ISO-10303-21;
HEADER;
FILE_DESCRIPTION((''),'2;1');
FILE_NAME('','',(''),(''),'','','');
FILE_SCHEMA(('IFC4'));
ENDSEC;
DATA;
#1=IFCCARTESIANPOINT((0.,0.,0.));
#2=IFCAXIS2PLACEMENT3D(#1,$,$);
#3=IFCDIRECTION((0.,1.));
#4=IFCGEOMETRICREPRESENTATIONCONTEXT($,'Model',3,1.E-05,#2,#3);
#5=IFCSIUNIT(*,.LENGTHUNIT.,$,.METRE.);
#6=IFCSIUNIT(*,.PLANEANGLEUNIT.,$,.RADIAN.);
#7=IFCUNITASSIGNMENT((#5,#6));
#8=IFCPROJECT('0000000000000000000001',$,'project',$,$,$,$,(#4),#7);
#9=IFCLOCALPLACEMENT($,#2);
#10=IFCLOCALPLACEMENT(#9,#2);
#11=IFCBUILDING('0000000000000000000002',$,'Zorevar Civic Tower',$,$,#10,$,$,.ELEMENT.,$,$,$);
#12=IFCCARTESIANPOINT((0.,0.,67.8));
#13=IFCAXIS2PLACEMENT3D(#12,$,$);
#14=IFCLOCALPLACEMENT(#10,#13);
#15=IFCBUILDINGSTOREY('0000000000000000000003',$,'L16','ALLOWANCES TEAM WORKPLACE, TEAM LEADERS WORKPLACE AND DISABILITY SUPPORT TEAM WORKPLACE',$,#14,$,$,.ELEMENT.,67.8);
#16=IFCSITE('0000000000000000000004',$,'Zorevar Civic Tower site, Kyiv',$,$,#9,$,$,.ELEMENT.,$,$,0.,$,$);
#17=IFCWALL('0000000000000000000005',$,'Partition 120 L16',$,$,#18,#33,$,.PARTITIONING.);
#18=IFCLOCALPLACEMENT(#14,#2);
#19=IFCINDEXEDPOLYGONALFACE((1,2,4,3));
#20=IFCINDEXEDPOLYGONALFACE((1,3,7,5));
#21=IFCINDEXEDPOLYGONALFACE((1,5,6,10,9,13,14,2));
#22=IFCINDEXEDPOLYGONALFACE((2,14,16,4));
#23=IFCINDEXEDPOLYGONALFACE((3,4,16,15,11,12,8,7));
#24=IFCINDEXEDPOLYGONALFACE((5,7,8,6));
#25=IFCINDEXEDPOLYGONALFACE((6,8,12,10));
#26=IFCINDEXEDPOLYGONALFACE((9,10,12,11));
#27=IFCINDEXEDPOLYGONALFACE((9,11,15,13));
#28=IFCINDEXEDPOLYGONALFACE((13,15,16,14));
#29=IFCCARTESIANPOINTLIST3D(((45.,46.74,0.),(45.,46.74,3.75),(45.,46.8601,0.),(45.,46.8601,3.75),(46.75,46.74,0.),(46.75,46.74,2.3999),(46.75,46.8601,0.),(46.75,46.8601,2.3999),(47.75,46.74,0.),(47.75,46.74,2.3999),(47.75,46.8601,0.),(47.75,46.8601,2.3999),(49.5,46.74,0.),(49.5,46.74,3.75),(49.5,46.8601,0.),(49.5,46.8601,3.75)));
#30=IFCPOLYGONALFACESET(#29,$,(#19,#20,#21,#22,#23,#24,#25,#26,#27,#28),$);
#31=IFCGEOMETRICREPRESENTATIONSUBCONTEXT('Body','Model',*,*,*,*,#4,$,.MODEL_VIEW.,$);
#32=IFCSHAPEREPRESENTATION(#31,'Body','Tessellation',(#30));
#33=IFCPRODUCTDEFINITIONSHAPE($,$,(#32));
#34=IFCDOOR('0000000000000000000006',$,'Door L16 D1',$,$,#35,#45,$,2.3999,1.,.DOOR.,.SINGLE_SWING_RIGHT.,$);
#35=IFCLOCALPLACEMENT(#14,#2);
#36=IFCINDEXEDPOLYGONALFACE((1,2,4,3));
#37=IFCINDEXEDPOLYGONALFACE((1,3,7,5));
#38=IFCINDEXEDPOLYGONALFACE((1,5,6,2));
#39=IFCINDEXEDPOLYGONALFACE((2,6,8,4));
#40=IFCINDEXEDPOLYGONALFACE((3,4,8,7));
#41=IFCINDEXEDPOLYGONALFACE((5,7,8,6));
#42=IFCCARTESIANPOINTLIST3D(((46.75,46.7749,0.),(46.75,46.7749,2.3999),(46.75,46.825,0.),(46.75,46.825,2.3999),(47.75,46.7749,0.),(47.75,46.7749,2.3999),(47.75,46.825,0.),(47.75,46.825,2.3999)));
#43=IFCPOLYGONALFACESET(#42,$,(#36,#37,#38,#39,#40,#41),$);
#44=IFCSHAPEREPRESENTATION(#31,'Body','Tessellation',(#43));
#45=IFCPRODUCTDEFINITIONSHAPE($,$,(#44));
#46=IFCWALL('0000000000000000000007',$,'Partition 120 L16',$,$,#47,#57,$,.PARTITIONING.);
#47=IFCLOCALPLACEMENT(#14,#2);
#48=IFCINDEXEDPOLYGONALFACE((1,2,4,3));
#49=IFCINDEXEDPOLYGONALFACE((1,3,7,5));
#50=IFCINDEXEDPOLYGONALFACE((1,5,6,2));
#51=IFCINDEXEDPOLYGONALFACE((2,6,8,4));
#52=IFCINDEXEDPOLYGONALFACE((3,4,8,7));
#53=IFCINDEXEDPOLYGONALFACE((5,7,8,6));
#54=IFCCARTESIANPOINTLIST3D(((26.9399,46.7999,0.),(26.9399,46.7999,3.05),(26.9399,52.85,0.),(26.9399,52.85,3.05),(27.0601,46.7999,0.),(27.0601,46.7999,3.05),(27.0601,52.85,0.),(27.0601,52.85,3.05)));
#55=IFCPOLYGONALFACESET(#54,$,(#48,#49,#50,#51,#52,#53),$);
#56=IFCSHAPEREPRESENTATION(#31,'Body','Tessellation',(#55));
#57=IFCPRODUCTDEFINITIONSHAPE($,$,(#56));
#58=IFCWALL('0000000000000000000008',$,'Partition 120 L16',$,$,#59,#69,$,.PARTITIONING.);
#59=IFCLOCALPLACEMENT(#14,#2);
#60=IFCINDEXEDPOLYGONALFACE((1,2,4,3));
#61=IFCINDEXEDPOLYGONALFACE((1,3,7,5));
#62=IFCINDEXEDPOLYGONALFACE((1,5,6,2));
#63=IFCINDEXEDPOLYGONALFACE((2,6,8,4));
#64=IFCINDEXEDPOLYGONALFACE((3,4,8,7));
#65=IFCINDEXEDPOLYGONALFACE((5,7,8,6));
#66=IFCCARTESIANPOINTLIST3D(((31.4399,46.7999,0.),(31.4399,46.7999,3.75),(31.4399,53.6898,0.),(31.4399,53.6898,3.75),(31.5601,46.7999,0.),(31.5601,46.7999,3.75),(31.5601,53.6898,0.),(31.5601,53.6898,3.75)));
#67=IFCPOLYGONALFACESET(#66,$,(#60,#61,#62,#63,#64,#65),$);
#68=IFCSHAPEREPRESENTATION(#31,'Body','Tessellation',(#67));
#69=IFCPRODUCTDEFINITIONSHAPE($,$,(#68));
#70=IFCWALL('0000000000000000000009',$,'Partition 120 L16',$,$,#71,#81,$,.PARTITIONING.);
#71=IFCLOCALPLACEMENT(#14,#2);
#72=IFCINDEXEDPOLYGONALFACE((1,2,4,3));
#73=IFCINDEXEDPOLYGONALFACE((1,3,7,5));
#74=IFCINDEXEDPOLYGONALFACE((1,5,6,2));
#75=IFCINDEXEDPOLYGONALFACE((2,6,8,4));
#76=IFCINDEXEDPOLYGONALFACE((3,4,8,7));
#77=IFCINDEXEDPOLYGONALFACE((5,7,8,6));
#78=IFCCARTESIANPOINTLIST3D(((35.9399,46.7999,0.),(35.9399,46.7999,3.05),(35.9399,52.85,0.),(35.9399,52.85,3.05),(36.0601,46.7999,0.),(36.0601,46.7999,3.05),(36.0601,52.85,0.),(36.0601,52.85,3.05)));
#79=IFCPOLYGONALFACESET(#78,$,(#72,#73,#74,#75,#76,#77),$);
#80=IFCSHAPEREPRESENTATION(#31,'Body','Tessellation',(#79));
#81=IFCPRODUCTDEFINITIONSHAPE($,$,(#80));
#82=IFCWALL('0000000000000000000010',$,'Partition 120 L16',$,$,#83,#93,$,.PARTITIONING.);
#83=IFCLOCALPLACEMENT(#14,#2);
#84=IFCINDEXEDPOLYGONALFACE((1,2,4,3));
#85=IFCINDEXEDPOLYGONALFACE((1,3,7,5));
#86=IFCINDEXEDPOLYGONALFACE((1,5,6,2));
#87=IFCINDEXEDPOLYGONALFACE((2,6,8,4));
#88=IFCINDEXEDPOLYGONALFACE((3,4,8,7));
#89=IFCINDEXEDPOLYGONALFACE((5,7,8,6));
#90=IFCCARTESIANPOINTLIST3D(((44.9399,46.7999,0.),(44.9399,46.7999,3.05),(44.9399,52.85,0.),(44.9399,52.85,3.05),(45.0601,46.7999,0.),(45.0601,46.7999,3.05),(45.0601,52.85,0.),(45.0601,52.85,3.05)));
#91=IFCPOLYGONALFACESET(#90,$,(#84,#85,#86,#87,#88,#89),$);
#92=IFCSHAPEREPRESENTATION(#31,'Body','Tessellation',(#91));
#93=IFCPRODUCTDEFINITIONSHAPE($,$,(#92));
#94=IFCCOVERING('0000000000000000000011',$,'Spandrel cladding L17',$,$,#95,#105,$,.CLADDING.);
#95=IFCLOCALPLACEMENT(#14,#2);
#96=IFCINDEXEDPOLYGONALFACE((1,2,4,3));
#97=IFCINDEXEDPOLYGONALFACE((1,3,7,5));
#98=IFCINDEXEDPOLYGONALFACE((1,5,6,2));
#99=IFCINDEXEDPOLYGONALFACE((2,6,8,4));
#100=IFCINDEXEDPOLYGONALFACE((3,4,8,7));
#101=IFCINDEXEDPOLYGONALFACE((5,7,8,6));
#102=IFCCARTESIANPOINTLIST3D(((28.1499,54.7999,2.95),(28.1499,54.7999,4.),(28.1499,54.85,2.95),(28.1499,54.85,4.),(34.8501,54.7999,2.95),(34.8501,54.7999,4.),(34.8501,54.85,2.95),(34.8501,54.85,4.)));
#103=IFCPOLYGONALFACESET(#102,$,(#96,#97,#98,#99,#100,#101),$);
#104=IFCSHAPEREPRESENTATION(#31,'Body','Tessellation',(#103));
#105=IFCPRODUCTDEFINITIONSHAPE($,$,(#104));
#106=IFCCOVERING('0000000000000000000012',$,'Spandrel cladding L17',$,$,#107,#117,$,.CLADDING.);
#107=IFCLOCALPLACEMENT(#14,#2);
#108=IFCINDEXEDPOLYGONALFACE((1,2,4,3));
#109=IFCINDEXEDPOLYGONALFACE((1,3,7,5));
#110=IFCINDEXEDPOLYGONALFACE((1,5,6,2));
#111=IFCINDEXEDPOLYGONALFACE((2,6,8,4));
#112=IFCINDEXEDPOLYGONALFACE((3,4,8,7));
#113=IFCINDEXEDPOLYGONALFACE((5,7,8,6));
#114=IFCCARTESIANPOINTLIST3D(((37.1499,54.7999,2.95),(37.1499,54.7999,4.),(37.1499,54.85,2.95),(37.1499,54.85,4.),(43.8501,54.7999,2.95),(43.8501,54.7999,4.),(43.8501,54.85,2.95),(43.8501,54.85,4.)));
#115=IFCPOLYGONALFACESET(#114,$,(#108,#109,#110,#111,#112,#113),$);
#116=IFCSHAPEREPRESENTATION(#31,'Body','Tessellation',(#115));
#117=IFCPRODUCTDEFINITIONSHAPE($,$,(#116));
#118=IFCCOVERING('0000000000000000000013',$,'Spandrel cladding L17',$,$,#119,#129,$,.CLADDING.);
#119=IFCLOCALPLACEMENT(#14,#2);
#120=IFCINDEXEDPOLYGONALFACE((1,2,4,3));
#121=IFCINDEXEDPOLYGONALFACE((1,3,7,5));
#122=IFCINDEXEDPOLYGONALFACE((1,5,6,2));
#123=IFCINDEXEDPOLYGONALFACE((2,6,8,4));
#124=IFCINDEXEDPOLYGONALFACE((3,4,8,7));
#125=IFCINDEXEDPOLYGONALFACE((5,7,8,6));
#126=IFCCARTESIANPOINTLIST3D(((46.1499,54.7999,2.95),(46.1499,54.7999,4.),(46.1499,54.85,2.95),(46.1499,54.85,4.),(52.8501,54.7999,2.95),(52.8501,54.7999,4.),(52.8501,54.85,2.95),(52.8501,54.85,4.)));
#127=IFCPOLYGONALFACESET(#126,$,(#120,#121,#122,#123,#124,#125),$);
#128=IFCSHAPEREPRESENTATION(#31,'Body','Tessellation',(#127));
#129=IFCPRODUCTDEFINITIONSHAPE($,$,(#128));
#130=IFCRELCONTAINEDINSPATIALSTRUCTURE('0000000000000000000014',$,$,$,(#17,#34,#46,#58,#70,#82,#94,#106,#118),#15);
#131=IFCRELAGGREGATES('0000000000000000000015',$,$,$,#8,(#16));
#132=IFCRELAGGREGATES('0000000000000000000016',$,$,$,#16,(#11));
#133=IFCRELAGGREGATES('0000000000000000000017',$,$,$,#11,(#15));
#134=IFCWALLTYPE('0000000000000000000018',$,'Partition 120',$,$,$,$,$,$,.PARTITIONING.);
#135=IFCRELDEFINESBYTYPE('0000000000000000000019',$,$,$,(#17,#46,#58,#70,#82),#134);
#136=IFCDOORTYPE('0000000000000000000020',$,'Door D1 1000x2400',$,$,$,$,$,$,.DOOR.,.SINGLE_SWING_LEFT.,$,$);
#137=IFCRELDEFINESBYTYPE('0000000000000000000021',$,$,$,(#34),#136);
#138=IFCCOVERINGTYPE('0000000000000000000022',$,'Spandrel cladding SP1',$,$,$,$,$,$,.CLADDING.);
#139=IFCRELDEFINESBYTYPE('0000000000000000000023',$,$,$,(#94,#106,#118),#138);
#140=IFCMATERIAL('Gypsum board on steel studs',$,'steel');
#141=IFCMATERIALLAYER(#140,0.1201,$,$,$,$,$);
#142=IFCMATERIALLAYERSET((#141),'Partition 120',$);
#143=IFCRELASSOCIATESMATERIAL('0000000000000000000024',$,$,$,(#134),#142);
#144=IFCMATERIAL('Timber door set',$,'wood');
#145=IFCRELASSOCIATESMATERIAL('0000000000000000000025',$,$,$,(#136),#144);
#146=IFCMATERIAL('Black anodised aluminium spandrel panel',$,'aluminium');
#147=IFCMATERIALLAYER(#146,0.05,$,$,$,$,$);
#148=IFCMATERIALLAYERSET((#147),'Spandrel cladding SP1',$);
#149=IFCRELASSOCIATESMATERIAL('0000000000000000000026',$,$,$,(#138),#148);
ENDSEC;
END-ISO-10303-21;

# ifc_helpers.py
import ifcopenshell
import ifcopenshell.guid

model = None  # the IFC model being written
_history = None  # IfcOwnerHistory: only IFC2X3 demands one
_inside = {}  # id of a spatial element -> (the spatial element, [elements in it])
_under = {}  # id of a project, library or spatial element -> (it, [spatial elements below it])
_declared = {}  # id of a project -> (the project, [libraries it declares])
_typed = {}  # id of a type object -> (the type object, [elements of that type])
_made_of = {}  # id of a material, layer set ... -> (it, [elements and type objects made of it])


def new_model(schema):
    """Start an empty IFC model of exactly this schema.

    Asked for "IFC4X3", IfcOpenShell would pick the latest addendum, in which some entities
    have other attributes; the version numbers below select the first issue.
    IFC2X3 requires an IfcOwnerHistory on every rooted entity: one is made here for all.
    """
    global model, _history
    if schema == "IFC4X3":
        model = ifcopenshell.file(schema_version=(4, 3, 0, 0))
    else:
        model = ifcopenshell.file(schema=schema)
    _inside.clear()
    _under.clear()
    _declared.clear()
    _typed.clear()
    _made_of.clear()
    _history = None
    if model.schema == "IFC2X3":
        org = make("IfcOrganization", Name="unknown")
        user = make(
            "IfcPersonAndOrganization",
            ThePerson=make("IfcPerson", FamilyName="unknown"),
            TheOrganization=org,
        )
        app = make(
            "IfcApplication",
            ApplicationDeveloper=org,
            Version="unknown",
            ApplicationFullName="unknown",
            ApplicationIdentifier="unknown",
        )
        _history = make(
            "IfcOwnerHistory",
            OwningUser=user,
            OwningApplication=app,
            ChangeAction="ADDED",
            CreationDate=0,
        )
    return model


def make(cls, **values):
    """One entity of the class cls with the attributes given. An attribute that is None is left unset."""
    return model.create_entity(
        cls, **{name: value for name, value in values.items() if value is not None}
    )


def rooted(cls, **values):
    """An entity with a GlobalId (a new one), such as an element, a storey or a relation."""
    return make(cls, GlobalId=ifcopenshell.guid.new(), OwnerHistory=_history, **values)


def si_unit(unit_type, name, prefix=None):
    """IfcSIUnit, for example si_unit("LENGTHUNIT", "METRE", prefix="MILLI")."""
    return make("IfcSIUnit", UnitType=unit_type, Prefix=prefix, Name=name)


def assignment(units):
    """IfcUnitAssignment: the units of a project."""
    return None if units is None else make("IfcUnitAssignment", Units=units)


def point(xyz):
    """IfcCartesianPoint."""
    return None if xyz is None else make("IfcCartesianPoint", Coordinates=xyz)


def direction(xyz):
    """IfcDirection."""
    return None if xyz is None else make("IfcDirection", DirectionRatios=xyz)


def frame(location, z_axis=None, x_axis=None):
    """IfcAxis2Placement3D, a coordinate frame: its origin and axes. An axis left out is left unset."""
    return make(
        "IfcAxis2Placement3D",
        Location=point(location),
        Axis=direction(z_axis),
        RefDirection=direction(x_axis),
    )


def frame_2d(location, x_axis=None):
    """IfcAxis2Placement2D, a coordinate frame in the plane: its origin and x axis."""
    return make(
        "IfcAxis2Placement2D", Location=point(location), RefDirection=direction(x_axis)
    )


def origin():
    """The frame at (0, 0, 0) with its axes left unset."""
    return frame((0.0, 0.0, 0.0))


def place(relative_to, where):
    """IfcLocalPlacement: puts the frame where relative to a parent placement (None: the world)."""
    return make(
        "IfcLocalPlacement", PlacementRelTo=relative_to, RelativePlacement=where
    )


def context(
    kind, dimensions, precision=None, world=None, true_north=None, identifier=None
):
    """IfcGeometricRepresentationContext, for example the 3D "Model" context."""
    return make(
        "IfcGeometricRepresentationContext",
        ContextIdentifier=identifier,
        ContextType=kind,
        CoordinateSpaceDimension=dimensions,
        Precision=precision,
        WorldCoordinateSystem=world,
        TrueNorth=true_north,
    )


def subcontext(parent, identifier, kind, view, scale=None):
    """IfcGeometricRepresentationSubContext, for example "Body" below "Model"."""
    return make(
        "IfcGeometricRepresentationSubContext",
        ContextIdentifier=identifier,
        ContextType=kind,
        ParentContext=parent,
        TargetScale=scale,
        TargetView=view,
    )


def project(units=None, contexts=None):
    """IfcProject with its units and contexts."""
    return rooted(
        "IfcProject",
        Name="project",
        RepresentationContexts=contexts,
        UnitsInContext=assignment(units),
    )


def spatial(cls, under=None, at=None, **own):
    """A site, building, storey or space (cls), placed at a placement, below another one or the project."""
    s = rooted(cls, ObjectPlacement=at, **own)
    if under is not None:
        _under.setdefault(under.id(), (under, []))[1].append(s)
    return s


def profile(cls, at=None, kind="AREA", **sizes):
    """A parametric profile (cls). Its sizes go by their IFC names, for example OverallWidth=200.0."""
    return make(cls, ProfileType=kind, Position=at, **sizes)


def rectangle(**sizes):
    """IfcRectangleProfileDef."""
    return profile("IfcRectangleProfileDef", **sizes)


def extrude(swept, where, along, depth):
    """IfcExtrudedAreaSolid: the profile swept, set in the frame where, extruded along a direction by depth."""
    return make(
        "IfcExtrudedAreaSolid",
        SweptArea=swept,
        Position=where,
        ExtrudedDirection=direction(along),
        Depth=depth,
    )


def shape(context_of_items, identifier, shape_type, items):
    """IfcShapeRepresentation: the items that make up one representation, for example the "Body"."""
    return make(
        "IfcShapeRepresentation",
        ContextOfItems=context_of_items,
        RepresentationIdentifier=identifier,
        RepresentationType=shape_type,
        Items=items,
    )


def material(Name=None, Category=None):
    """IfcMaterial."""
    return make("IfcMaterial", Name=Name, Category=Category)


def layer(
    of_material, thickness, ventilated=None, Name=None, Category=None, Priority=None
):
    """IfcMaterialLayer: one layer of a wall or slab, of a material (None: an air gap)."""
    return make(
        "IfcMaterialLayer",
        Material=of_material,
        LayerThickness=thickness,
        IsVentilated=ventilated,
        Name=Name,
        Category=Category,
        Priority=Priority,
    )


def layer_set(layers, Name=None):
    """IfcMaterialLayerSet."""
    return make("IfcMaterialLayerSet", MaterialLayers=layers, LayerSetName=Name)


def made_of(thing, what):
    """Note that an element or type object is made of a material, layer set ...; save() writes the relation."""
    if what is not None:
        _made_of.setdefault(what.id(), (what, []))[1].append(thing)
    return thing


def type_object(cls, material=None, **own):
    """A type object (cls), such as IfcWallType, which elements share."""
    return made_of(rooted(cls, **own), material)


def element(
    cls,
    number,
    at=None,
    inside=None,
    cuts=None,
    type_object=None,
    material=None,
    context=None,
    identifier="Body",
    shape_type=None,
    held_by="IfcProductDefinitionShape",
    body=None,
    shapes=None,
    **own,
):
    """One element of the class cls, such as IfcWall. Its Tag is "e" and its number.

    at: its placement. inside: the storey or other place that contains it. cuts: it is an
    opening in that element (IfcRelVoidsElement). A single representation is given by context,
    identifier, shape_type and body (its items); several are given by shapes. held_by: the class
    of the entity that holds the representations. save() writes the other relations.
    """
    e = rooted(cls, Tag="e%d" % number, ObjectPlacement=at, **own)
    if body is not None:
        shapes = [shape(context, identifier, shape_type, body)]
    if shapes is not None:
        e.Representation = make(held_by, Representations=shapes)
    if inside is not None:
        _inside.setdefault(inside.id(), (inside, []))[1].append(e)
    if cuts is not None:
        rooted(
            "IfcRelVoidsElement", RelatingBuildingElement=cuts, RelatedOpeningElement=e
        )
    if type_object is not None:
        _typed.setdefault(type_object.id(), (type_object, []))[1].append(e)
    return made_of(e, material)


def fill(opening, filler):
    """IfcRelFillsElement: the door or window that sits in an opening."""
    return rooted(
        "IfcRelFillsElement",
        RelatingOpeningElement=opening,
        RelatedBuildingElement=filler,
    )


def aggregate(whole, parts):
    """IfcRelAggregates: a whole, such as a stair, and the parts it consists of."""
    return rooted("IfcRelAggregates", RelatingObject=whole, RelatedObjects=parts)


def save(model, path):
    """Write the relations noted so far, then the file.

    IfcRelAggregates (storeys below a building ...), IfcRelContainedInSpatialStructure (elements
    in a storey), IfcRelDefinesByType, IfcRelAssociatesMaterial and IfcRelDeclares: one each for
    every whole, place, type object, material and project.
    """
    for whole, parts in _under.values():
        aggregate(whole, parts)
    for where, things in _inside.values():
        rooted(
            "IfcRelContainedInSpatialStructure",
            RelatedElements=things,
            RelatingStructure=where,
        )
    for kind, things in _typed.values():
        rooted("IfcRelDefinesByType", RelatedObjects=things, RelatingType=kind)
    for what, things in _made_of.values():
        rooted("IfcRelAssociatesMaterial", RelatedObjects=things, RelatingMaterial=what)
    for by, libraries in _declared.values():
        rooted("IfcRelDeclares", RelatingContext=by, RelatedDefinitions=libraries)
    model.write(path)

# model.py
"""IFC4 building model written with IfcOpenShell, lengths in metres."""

from ifc_helpers import new_model, si_unit, direction, frame, frame_2d, origin, place, context, subcontext, project, spatial, rectangle, extrude, material, layer, layer_set, type_object, element, fill, save


model = new_model("IFC4")

# Units and contexts
model_context = context("Model", 3, precision=1e-05, world=origin(), true_north=direction((0.0, 1.0)))
body_context = subcontext(model_context, "Body", "Model", "MODEL_VIEW")
ifc_project = project(units=[si_unit("LENGTHUNIT", "METRE"), si_unit("PLANEANGLEUNIT", "RADIAN")], contexts=[model_context])

# Site, building, storey
site_placement = place(None, origin())
site = spatial("IfcSite", under=ifc_project, at=site_placement, Name="Zorevar Civic Tower site, Kyiv", CompositionType="ELEMENT", RefElevation=0.0)
building_placement = place(site_placement, origin())
building = spatial("IfcBuilding", under=site, at=building_placement, Name="Zorevar Civic Tower", CompositionType="ELEMENT")
storey_placement = place(building_placement, frame((0.0, 0.0, 67.8)))
storey = spatial("IfcBuildingStorey", under=building, at=storey_placement, Name="L16", Description="ALLOWANCES TEAM WORKPLACE, TEAM LEADERS WORKPLACE AND DISABILITY SUPPORT TEAM WORKPLACE", CompositionType="ELEMENT", Elevation=67.8)

# Wall, opening, door
ifc_material_1 = material(Name="Gypsum board on steel studs", Category="steel")
ifc_layer_1 = layer(ifc_material_1, 0.1201)
ifc_layer_set_1 = layer_set([ifc_layer_1], Name="Partition 120")
wall_type = type_object("IfcWallType", Name="Partition 120", PredefinedType="PARTITIONING", material=ifc_layer_set_1)
ifc_material_2 = material(Name="Timber door set", Category="wood")
door_type = type_object("IfcDoorType", Name="Door D1 1000x2400", OperationType="SINGLE_SWING_LEFT", PredefinedType="DOOR", material=ifc_material_2)
wall_1_placement = place(storey_placement, frame((45.0, 46.8, 0.0), z_axis=(0.0, 0.0, 1.0), x_axis=(1.0, 0.0, 0.0)))
wall_1 = element("IfcWall", 1, at=wall_1_placement, inside=storey, type_object=wall_type, Name="Partition 120 L16", PredefinedType="PARTITIONING", context=body_context, shape_type="SweptSolid", body=[
    extrude(rectangle(XDim=4.5, YDim=0.1201, at=frame_2d((2.25, 0.0))), origin(), (0.0, 0.0, 1.0), 3.75),
])
opening_1_placement = place(wall_1_placement, frame((1.75, 0.0, 0.0)))
opening_1 = element("IfcOpeningElement", 2, at=opening_1_placement, cuts=wall_1, PredefinedType="OPENING", context=body_context, shape_type="SweptSolid", body=[
    extrude(rectangle(XDim=1.0, YDim=2.3999, at=frame_2d((0.5, 1.2))), frame((0.0, 0.0701, 0.0), z_axis=(0.0, -1.0, 0.0), x_axis=(1.0, 0.0, 0.0)), (0.0, 0.0, 1.0), 0.1401),
])
door_1_placement = place(opening_1_placement, origin())
door_1 = element("IfcDoor", 3, at=door_1_placement, inside=storey, type_object=door_type, Name="Door L16 D1", OperationType="SINGLE_SWING_RIGHT", OverallHeight=2.3999, OverallWidth=1.0, PredefinedType="DOOR", context=body_context, shape_type="SweptSolid", body=[
    extrude(rectangle(XDim=1.0, YDim=2.3999, at=frame_2d((0.5, 1.2))), frame((0.0, 0.0249, 0.0), z_axis=(0.0, -1.0, 0.0), x_axis=(1.0, 0.0, 0.0)), (0.0, 0.0, 1.0), 0.05),
])
fill(opening_1, door_1)

# Walls
wall_2_placement = place(storey_placement, frame((27.0, 46.8, 0.0), z_axis=(0.0, 0.0, 1.0), x_axis=(0.0, 1.0, 0.0)))
element("IfcWall", 4, at=wall_2_placement, inside=storey, type_object=wall_type, Name="Partition 120 L16", PredefinedType="PARTITIONING", context=body_context, shape_type="SweptSolid", body=[
    extrude(rectangle(XDim=6.05, YDim=0.1201, at=frame_2d((3.0249, 0.0))), origin(), (0.0, 0.0, 1.0), 3.05),
])
wall_3_placement = place(storey_placement, frame((31.5, 46.8, 0.0), z_axis=(0.0, 0.0, 1.0), x_axis=(0.0, 1.0, 0.0)))
element("IfcWall", 5, at=wall_3_placement, inside=storey, type_object=wall_type, Name="Partition 120 L16", PredefinedType="PARTITIONING", context=body_context, shape_type="SweptSolid", body=[
    extrude(rectangle(XDim=6.8899, YDim=0.1201, at=frame_2d((3.4448, 0.0))), origin(), (0.0, 0.0, 1.0), 3.75),
])
for number, where, z_axis, x_axis, name in (
    (6, (36.0, 46.8, 0.0), (0.0, 0.0, 1.0), (0.0, 1.0, 0.0), "Partition 120 L16"),
    (7, (45.0, 46.8, 0.0), (0.0, 0.0, 1.0), (0.0, 1.0, 0.0), "Partition 120 L16"),
):
    element("IfcWall", number, at=place(storey_placement, frame(where, z_axis=z_axis, x_axis=x_axis)), inside=storey, type_object=wall_type, Name=name, PredefinedType="PARTITIONING", context=body_context, shape_type="SweptSolid", body=[
        extrude(rectangle(XDim=6.05, YDim=0.1201, at=frame_2d((3.0249, 0.0))), origin(), (0.0, 0.0, 1.0), 3.05),
    ])

# Coverings
ifc_material_3 = material(Name="Black anodised aluminium spandrel panel", Category="aluminium")
ifc_layer_2 = layer(ifc_material_3, 0.05)
ifc_layer_set_2 = layer_set([ifc_layer_2], Name="Spandrel cladding SP1")
covering_type = type_object("IfcCoveringType", Name="Spandrel cladding SP1", PredefinedType="CLADDING", material=ifc_layer_set_2)
for number, where, z_axis, x_axis, name in (
    (8, (28.1499, 54.825, 2.95), (0.0, 0.0, 1.0), (1.0, 0.0, 0.0), "Spandrel cladding L17"),
    (9, (37.1499, 54.825, 2.95), (0.0, 0.0, 1.0), (1.0, 0.0, 0.0), "Spandrel cladding L17"),
    (10, (46.1499, 54.825, 2.95), (0.0, 0.0, 1.0), (1.0, 0.0, 0.0), "Spandrel cladding L17"),
):
    element("IfcCovering", number, at=place(storey_placement, frame(where, z_axis=z_axis, x_axis=x_axis)), inside=storey, type_object=covering_type, Name=name, PredefinedType="CLADDING", context=body_context, shape_type="SweptSolid", body=[
        extrude(rectangle(XDim=6.7002, YDim=0.05, at=frame_2d((3.3501, 0.0))), origin(), (0.0, 0.0, 1.0), 1.05),
    ])

save(model, "model.ifc")
